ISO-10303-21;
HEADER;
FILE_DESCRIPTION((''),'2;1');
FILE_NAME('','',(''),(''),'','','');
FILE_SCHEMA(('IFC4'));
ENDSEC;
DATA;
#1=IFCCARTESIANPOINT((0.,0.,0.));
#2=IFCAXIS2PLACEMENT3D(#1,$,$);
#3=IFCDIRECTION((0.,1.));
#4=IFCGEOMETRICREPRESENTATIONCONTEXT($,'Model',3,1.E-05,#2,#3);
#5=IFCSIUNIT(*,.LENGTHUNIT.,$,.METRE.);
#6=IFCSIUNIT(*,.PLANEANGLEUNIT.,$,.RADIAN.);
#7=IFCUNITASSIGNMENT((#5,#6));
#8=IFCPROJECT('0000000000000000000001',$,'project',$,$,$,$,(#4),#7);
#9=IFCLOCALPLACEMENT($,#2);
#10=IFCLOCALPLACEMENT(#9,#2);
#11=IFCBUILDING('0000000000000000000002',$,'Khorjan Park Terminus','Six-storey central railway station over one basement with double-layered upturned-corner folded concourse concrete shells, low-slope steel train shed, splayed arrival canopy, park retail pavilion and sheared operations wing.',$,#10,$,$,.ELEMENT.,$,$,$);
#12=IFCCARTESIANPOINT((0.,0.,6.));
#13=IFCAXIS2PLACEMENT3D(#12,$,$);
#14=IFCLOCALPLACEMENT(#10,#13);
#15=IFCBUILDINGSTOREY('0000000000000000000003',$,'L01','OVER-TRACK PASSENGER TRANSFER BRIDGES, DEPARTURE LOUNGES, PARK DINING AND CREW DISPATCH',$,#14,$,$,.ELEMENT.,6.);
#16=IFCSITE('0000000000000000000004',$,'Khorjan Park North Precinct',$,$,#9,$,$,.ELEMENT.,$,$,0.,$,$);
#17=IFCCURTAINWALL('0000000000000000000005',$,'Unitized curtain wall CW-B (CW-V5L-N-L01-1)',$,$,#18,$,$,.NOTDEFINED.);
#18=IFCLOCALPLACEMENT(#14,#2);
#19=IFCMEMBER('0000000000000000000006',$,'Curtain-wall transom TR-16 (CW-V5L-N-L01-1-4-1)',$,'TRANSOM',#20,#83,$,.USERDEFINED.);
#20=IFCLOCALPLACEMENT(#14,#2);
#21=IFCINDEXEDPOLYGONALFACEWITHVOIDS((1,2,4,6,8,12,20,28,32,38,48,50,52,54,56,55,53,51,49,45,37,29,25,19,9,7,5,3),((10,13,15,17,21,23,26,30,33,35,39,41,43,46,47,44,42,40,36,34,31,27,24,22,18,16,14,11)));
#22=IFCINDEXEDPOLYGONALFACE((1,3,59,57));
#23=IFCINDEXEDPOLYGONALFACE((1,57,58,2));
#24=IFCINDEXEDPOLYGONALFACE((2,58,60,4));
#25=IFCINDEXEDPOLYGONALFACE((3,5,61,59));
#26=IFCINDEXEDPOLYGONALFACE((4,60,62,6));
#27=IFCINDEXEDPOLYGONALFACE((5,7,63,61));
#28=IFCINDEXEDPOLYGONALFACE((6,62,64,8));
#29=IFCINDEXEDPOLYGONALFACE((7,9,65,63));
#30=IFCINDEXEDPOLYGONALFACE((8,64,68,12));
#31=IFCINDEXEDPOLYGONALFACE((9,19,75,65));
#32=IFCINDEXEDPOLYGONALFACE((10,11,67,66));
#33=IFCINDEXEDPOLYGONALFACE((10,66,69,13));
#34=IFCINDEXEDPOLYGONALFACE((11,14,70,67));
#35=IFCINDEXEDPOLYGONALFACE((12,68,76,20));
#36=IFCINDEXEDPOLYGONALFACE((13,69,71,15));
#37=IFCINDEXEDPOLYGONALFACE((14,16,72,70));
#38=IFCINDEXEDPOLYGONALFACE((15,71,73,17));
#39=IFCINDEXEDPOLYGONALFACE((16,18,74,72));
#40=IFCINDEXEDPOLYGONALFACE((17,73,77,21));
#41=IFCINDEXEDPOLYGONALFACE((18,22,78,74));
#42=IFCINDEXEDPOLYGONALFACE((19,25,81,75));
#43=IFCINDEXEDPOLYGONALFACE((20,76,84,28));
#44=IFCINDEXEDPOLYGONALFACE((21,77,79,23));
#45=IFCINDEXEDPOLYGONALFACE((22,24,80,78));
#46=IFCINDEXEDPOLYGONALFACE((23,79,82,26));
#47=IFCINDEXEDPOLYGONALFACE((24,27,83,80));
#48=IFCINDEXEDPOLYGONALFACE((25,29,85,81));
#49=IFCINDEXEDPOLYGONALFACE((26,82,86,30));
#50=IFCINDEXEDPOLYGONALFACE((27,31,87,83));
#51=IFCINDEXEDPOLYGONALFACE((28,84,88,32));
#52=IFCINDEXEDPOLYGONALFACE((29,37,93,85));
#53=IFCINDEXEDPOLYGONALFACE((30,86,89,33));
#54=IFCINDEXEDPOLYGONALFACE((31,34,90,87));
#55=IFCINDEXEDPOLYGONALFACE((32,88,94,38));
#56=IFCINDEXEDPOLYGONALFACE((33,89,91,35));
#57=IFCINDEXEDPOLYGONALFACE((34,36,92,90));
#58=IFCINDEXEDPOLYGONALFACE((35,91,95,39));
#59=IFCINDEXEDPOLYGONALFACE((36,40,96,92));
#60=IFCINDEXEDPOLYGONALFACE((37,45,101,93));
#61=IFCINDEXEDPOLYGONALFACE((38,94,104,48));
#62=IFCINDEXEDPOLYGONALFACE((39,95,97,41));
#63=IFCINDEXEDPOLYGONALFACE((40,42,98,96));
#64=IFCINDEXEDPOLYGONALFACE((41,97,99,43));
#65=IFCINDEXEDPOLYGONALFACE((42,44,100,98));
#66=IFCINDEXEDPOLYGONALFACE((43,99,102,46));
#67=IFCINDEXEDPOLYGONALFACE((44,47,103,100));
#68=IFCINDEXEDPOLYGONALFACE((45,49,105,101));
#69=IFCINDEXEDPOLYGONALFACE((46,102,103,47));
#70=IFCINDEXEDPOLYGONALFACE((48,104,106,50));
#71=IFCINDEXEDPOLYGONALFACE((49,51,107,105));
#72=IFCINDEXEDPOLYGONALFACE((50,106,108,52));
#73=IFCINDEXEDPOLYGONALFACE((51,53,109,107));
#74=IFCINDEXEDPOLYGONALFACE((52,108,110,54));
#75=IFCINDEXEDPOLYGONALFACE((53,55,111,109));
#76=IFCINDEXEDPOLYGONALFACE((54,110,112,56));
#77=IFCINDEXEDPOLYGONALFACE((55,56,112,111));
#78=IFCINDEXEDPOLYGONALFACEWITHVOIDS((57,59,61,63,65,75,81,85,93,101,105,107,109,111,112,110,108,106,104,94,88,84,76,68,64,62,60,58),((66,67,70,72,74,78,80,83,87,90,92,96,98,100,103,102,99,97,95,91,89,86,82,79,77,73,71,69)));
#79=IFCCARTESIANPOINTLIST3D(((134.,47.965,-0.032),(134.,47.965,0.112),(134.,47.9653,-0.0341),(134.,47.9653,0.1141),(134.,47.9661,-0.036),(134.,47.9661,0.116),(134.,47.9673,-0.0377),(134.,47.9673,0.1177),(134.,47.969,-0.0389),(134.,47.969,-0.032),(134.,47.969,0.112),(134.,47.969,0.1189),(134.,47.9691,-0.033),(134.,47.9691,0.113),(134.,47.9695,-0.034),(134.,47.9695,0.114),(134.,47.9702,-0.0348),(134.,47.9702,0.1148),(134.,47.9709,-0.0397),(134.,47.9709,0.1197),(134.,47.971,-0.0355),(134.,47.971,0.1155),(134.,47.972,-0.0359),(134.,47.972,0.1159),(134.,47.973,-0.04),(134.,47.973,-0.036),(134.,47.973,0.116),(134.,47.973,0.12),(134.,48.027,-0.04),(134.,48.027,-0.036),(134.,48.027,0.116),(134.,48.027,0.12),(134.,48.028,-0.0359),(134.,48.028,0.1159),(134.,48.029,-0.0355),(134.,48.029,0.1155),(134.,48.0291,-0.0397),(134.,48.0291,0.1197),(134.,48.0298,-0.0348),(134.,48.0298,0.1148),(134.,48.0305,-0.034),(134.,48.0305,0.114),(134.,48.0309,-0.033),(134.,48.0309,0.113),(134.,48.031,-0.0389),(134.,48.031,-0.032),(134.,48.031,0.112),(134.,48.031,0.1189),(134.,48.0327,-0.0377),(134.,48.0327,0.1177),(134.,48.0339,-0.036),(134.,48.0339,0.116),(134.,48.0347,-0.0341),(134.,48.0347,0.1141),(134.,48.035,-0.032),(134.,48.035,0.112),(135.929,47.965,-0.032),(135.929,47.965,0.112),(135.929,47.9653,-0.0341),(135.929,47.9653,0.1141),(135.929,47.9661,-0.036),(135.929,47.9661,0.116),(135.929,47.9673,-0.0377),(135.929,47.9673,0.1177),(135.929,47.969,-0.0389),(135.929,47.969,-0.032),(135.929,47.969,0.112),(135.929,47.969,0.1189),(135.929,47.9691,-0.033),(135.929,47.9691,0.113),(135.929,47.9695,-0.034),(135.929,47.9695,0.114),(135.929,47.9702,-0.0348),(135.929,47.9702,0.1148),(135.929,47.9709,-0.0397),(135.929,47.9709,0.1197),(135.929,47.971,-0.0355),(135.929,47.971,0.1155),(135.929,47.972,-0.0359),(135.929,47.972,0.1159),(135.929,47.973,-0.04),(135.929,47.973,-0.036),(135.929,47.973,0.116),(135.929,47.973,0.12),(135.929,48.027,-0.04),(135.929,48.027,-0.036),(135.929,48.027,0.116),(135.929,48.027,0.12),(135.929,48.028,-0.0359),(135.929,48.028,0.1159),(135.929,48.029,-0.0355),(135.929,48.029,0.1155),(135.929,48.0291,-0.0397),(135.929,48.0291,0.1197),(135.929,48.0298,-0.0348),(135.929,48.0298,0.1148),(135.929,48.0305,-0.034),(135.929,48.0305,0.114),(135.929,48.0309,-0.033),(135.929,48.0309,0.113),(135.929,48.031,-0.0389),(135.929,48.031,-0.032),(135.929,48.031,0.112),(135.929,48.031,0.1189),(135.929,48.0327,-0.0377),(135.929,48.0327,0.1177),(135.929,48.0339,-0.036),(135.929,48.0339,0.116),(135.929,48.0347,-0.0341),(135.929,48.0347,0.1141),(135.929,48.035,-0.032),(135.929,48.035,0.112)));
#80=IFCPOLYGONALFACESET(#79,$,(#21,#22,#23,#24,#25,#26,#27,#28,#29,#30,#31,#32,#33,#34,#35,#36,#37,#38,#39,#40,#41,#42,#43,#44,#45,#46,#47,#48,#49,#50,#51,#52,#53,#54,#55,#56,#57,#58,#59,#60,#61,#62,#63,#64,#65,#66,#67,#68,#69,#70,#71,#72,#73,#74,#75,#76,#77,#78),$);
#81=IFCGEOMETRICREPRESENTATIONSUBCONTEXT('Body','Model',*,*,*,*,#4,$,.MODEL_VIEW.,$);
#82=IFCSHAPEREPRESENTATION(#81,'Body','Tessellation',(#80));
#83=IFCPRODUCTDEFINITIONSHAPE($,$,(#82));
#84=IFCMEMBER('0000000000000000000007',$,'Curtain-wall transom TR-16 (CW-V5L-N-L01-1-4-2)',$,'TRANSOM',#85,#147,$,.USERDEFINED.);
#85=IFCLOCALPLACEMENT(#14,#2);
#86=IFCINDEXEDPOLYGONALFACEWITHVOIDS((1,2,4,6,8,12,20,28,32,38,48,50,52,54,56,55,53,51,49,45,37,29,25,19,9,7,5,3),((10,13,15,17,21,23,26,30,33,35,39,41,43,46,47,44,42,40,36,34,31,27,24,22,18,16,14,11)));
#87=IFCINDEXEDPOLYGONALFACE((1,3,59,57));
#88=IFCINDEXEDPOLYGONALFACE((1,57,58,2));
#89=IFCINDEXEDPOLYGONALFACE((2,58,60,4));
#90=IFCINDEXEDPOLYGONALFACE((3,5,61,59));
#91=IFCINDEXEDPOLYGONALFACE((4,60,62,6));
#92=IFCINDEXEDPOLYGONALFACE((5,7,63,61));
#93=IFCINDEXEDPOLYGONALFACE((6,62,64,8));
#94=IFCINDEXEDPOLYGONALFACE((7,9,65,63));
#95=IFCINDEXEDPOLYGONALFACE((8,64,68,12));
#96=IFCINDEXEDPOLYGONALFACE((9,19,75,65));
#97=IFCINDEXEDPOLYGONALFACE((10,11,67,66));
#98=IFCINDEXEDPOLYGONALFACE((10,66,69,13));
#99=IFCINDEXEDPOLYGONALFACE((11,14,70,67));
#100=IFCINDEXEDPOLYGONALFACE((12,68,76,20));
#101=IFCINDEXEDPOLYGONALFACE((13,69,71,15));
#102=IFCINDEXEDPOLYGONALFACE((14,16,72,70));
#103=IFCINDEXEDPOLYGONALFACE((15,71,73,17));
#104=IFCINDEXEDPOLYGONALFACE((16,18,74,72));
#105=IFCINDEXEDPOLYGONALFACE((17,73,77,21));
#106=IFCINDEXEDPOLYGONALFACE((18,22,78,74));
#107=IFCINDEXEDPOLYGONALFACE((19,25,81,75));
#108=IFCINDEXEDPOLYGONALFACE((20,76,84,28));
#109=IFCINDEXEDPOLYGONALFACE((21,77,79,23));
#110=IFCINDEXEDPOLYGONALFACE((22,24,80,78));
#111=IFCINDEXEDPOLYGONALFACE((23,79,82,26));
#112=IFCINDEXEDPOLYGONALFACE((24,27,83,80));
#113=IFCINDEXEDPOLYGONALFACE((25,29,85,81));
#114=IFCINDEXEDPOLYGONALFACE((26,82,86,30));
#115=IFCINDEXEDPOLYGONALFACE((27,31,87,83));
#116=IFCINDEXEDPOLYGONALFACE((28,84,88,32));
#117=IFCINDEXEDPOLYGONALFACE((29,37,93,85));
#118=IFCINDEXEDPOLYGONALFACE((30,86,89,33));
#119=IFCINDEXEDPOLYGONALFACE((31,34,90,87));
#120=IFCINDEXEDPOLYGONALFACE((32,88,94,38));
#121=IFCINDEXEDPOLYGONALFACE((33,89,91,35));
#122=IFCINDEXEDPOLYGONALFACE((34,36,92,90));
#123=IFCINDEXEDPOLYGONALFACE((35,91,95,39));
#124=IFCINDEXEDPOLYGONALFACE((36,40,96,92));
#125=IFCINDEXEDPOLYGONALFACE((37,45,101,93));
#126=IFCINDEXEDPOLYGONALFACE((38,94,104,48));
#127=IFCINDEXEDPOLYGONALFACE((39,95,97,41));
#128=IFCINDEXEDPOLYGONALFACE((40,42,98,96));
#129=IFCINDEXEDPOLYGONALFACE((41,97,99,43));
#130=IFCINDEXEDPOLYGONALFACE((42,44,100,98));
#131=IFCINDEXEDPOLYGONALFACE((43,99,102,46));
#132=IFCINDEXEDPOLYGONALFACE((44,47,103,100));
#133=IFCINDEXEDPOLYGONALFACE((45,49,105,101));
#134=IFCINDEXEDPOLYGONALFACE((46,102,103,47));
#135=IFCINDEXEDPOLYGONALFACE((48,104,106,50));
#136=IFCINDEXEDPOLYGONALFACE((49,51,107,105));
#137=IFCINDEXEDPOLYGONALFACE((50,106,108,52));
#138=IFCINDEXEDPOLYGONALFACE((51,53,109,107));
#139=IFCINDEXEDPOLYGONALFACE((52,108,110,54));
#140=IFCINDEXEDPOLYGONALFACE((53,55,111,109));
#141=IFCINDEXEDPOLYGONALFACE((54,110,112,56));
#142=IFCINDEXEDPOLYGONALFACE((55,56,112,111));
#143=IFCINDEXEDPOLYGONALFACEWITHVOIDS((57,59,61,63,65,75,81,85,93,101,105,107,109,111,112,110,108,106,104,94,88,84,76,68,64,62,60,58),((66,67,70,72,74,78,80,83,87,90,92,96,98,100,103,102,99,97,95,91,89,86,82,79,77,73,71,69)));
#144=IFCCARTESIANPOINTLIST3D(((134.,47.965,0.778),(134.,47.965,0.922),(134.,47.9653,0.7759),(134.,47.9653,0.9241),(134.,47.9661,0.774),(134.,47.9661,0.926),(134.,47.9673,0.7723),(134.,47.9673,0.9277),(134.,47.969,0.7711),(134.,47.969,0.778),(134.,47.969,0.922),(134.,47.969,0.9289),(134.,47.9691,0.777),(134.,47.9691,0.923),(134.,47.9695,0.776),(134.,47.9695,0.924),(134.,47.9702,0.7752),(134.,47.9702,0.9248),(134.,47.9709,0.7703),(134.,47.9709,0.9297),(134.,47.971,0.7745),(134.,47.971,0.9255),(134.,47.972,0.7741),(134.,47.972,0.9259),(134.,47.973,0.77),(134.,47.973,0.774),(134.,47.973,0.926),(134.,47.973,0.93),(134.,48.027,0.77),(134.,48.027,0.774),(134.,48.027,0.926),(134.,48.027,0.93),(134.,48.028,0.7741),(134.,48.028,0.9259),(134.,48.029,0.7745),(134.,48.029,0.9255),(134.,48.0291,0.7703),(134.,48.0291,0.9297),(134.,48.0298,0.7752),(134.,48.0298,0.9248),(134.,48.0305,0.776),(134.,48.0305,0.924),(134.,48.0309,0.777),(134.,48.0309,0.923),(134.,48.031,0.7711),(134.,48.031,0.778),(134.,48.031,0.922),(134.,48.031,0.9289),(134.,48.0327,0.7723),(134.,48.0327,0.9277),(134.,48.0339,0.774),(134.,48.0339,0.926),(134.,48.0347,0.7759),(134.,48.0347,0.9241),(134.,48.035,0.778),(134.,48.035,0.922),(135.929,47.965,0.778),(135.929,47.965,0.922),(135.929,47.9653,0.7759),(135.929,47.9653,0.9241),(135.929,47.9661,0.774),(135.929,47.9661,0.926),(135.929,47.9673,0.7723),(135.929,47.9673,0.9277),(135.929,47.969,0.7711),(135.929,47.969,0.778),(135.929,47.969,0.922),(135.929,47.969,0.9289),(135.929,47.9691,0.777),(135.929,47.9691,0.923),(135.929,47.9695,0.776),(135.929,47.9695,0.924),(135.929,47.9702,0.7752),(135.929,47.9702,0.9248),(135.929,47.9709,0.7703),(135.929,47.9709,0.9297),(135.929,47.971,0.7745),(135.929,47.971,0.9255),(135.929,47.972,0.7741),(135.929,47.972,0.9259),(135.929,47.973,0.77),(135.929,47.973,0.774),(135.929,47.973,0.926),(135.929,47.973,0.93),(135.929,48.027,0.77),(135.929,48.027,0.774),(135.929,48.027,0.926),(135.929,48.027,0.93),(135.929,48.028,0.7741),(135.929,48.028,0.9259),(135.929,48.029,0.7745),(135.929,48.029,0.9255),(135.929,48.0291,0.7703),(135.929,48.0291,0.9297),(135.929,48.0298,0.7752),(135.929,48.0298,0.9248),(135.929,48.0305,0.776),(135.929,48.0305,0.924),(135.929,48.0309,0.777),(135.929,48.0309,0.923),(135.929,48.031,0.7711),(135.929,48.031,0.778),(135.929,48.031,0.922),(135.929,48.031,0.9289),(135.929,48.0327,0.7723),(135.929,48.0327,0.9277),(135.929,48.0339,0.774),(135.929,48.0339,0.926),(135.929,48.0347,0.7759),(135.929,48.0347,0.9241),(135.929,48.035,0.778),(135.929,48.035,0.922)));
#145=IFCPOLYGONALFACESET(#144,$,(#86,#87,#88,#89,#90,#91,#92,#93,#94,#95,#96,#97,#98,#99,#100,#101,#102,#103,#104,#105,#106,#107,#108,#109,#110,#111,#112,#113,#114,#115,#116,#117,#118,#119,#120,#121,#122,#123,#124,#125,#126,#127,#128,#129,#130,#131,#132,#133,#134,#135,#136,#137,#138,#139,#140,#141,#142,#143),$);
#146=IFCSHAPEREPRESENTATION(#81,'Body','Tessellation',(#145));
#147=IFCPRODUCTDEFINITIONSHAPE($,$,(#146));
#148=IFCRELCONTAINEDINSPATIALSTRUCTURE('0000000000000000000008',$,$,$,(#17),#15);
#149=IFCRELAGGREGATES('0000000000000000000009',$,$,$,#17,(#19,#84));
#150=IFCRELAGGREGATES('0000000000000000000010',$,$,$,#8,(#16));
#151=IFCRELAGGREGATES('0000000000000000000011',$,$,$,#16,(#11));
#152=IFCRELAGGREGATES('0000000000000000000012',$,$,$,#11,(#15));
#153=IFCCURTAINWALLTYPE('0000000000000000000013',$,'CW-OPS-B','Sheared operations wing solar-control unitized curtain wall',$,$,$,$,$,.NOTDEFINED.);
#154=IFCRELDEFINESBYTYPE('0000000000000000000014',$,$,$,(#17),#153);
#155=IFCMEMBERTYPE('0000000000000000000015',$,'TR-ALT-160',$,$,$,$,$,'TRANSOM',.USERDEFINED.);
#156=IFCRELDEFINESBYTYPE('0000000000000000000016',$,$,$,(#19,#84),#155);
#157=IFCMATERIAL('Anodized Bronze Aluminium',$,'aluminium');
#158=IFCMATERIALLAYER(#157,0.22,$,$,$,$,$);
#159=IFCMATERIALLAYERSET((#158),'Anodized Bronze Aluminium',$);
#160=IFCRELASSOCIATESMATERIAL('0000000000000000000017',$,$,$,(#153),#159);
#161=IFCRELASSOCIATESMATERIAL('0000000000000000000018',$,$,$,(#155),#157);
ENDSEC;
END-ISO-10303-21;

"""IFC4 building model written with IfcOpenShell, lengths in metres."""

from ifc_helpers import new_model, si_unit, direction, frame, origin, origin_2d, place, context, subcontext, project, spatial, hollow_rectangle, extrude, material, layer, layer_set, material_profile, profile_set, type_object, element, aggregate, save


model = new_model("IFC4")

# Units and contexts
model_context = context("Model", 3, precision=1e-05, world=origin(), true_north=direction((0.0, 1.0)))
body_context = subcontext(model_context, "Body", "Model", "MODEL_VIEW")
ifc_project = project(units=[si_unit("LENGTHUNIT", "METRE"), si_unit("PLANEANGLEUNIT", "RADIAN")], contexts=[model_context])

# Site, building, storey
site_placement = place(None, origin())
site = spatial("IfcSite", under=ifc_project, at=site_placement, Name="Khorjan Park North Precinct", CompositionType="ELEMENT", RefElevation=0.0)
building_placement = place(site_placement, origin())
building = spatial("IfcBuilding", under=site, at=building_placement, Name="Khorjan Park Terminus", Description="Six-storey central railway station over one basement with double-layered upturned-corner folded concourse concrete shells, low-slope steel train shed, splayed arrival canopy, park retail pavilion and sheared operations wing.", CompositionType="ELEMENT")
storey_placement = place(building_placement, frame((0.0, 0.0, 6.0)))
storey = spatial("IfcBuildingStorey", under=building, at=storey_placement, Name="L01", Description="OVER-TRACK PASSENGER TRANSFER BRIDGES, DEPARTURE LOUNGES, PARK DINING AND CREW DISPATCH", CompositionType="ELEMENT", Elevation=6.0)

# Curtain wall
ifc_material_1 = material(Name="Anodized Bronze Aluminium", Category="aluminium")
ifc_layer_1 = layer(ifc_material_1, 0.22)
ifc_layer_set_1 = layer_set([ifc_layer_1], Name="Anodized Bronze Aluminium")
curtain_wall_type_1 = type_object("IfcCurtainWallType", Name="CW-OPS-B", Description="Sheared operations wing solar-control unitized curtain wall", PredefinedType="NOTDEFINED", material=ifc_layer_set_1)
curtain_wall_1_placement = place(storey_placement, origin())
curtain_wall_1 = element("IfcCurtainWall", 1, at=curtain_wall_1_placement, inside=storey, type_object=curtain_wall_type_1, Name="Unitized curtain wall CW-B (CW-V5L-N-L01-1)", PredefinedType="NOTDEFINED")

# Members
ifc_material_profile_1 = material_profile(ifc_material_1, hollow_rectangle(XDim=0.07, YDim=0.16, WallThickness=0.004, InnerFilletRadius=0.004, OuterFilletRadius=0.008, at=origin_2d()), Name="ALT 70x160x4")
ifc_profile_set_1 = profile_set([ifc_material_profile_1], Name="Anodized Bronze Aluminium")
member_type_1 = type_object("IfcMemberType", Name="TR-ALT-160", ElementType="TRANSOM", PredefinedType="USERDEFINED", material=ifc_profile_set_1)
member_1_placement = place(storey_placement, frame((135.929, 48.0, 0.04), z_axis=(-1.0, 0.0, 0.0), x_axis=(0.0, -1.0, 0.0)))
member_1 = element("IfcMember", 2, at=member_1_placement, type_object=member_type_1, Name="Curtain-wall transom TR-16 (CW-V5L-N-L01-1-4-1)", ObjectType="TRANSOM", PredefinedType="USERDEFINED", context=body_context, shape_type="SweptSolid", body=[
    extrude(hollow_rectangle(XDim=0.07, YDim=0.16, WallThickness=0.004, InnerFilletRadius=0.004, OuterFilletRadius=0.008, at=origin_2d()), origin(), (0.0, 0.0, 1.0), 1.929),
])
member_2_placement = place(storey_placement, frame((135.929, 48.0, 0.85), z_axis=(-1.0, 0.0, 0.0), x_axis=(0.0, -1.0, 0.0)))
member_2 = element("IfcMember", 3, at=member_2_placement, type_object=member_type_1, Name="Curtain-wall transom TR-16 (CW-V5L-N-L01-1-4-2)", ObjectType="TRANSOM", PredefinedType="USERDEFINED", context=body_context, shape_type="SweptSolid", body=[
    extrude(hollow_rectangle(XDim=0.07, YDim=0.16, WallThickness=0.004, InnerFilletRadius=0.004, OuterFilletRadius=0.008, at=origin_2d()), origin(), (0.0, 0.0, 1.0), 1.929),
])

aggregate(curtain_wall_1, [member_1, member_2])

save(model, "model.ifc")
